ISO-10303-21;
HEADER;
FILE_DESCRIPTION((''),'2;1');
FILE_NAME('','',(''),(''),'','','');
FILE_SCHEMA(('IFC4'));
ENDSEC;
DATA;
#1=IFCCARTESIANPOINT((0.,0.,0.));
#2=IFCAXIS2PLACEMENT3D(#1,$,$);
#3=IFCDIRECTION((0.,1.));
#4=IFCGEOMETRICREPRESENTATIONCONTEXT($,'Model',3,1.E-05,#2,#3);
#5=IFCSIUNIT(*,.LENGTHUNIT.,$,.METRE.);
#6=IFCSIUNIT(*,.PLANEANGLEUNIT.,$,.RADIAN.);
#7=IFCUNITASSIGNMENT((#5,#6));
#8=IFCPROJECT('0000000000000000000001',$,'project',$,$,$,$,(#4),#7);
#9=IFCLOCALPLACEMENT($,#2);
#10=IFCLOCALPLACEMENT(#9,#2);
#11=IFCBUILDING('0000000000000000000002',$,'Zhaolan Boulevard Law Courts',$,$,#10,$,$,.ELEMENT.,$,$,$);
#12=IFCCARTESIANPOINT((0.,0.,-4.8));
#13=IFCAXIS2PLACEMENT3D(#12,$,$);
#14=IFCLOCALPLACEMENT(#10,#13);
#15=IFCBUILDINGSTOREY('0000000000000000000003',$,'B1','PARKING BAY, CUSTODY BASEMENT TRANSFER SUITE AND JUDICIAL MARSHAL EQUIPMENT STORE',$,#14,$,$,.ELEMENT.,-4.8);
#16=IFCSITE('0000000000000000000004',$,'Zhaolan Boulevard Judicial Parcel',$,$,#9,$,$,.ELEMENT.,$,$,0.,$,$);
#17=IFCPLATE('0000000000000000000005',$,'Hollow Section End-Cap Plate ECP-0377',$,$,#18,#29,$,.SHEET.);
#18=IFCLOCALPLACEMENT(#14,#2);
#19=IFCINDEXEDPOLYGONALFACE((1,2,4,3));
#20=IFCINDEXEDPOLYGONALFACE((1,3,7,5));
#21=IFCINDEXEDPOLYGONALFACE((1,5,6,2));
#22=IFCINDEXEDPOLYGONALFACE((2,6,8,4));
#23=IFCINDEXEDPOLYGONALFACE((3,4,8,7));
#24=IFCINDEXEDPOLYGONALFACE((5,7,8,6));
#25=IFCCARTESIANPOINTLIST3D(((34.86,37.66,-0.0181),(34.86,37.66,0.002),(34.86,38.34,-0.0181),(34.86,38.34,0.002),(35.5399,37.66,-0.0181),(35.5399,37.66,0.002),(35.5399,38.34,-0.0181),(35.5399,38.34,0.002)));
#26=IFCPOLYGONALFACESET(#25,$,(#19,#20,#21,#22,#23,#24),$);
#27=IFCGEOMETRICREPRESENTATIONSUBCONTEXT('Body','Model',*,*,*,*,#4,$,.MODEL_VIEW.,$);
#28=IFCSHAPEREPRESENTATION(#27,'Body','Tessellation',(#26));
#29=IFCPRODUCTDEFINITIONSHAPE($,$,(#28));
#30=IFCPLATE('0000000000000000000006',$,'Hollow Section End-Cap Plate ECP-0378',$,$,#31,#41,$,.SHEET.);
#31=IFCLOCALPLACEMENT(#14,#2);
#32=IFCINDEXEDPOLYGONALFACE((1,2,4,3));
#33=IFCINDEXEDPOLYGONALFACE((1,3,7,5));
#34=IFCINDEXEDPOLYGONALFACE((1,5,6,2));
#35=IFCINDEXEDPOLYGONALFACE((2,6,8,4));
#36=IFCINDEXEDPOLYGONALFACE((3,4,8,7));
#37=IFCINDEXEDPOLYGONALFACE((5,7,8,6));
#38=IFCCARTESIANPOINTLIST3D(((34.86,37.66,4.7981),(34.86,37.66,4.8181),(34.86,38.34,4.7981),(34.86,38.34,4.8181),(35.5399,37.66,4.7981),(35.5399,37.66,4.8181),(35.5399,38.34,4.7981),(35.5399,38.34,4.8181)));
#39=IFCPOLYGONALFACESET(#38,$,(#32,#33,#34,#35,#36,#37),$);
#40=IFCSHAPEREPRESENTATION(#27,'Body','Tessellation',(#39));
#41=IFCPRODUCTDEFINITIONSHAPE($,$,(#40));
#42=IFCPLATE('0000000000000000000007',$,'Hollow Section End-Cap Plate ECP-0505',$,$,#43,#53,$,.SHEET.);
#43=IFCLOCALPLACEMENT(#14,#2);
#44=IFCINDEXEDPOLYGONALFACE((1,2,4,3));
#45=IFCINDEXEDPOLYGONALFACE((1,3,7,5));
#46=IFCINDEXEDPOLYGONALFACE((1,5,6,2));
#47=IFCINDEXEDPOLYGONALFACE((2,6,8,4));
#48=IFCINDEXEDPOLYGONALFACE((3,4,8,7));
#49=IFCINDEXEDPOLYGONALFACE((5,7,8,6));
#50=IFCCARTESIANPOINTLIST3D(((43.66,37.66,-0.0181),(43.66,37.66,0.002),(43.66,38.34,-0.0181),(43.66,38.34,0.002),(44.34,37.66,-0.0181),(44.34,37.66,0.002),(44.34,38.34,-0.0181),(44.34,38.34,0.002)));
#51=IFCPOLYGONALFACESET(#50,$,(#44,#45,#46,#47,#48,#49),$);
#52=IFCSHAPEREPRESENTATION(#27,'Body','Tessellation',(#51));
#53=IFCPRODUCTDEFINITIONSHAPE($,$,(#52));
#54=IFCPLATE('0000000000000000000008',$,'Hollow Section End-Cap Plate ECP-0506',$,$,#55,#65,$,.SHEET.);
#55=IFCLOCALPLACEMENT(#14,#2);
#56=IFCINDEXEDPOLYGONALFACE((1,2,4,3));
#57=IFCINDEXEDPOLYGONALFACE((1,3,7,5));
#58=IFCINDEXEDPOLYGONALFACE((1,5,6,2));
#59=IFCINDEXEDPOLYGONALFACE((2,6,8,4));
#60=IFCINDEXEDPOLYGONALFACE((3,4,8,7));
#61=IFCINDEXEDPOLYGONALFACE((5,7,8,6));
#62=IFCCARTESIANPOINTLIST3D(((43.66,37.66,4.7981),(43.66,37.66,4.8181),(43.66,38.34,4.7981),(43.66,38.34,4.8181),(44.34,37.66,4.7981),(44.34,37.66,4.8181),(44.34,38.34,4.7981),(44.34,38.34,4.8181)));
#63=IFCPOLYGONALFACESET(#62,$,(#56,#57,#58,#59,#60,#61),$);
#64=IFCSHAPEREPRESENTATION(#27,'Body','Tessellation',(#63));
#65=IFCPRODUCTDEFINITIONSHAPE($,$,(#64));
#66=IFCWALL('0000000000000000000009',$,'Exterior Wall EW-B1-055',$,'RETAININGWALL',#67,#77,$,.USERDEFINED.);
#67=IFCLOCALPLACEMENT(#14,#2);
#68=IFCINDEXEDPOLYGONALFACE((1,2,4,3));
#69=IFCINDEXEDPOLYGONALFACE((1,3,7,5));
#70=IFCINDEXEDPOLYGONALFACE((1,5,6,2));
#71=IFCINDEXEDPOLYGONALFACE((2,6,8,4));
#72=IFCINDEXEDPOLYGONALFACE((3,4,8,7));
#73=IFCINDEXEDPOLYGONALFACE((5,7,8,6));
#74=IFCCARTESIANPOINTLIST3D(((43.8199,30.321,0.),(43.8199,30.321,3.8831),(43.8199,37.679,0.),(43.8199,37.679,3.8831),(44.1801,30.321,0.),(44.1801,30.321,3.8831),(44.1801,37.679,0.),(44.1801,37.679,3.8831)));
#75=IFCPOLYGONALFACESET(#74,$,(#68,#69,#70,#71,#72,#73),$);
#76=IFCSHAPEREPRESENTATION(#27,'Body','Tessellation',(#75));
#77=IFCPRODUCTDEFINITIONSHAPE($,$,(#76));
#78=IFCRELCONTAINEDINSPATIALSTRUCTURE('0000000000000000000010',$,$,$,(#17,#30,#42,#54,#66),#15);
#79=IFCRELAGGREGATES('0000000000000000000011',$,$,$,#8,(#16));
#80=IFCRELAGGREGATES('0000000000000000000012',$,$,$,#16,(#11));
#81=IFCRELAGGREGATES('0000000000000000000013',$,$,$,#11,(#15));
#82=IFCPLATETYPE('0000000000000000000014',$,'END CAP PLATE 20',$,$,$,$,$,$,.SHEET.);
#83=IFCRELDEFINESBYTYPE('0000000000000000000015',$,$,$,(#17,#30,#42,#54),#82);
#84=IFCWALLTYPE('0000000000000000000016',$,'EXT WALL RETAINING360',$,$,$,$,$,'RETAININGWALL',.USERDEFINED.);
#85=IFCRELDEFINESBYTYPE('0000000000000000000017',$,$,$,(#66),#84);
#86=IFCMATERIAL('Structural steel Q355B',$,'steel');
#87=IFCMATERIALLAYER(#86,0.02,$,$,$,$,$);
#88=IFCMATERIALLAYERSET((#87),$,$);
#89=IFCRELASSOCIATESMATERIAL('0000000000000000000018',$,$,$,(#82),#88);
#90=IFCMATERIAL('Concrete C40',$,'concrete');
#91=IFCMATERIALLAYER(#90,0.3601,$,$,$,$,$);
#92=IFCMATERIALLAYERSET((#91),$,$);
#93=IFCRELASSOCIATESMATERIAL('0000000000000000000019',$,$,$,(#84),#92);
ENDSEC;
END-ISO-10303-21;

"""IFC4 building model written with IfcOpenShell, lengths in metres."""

from ifc_helpers import new_model, si_unit, direction, frame, frame_2d, origin, origin_2d, place, context, subcontext, project, spatial, rectangle, extrude, material, layer, layer_set, type_object, element, save


model = new_model("IFC4")

# Units and contexts
model_context = context("Model", 3, precision=1e-05, world=origin(), true_north=direction((0.0, 1.0)))
body_context = subcontext(model_context, "Body", "Model", "MODEL_VIEW")
ifc_project = project(units=[si_unit("LENGTHUNIT", "METRE"), si_unit("PLANEANGLEUNIT", "RADIAN")], contexts=[model_context])

# Site, building, storey
site_placement = place(None, origin())
site = spatial("IfcSite", under=ifc_project, at=site_placement, Name="Zhaolan Boulevard Judicial Parcel", CompositionType="ELEMENT", RefElevation=0.0)
building_placement = place(site_placement, origin())
building = spatial("IfcBuilding", under=site, at=building_placement, Name="Zhaolan Boulevard Law Courts", CompositionType="ELEMENT")
storey_placement = place(building_placement, frame((0.0, 0.0, -4.8)))
storey = spatial("IfcBuildingStorey", under=building, at=storey_placement, Name="B1", Description="PARKING BAY, CUSTODY BASEMENT TRANSFER SUITE AND JUDICIAL MARSHAL EQUIPMENT STORE", CompositionType="ELEMENT", Elevation=-4.8)

# Plates
ifc_material_1 = material(Name="Structural steel Q355B", Category="steel")
ifc_layer_1 = layer(ifc_material_1, 0.02)
ifc_layer_set_1 = layer_set([ifc_layer_1])
plate_type = type_object("IfcPlateType", Name="END CAP PLATE 20", PredefinedType="SHEET", material=ifc_layer_set_1)
for number, where, z_axis, x_axis, name in (
    (1, (35.2, 38.0, -0.0181), (0.0, 0.0, 1.0), (1.0, 0.0, 0.0), "Hollow Section End-Cap Plate ECP-0377"),
    (2, (35.2, 38.0, 4.7981), (0.0, 0.0, 1.0), (1.0, 0.0, 0.0), "Hollow Section End-Cap Plate ECP-0378"),
    (3, (44.0, 38.0, -0.0181), (0.0, 0.0, 1.0), (1.0, 0.0, 0.0), "Hollow Section End-Cap Plate ECP-0505"),
    (4, (44.0, 38.0, 4.7981), (0.0, 0.0, 1.0), (1.0, 0.0, 0.0), "Hollow Section End-Cap Plate ECP-0506"),
):
    element("IfcPlate", number, at=place(storey_placement, frame(where, z_axis=z_axis, x_axis=x_axis)), inside=storey, type_object=plate_type, Name=name, PredefinedType="SHEET", context=body_context, shape_type="SweptSolid", body=[
        extrude(rectangle(XDim=0.6799, YDim=0.6799, at=origin_2d()), origin(), (0.0, 0.0, 1.0), 0.02),
    ])

# Wall
ifc_material_2 = material(Name="Concrete C40", Category="concrete")
ifc_layer_2 = layer(ifc_material_2, 0.3601)
ifc_layer_set_2 = layer_set([ifc_layer_2])
wall_type = type_object("IfcWallType", Name="EXT WALL RETAINING360", ElementType="RETAININGWALL", PredefinedType="USERDEFINED", material=ifc_layer_set_2)
wall_placement = place(storey_placement, frame((44.0, 30.321, 0.0), z_axis=(0.0, 0.0, 1.0), x_axis=(0.0, 1.0, 0.0)))
element("IfcWall", 5, at=wall_placement, inside=storey, type_object=wall_type, Name="Exterior Wall EW-B1-055", ObjectType="RETAININGWALL", PredefinedType="USERDEFINED", context=body_context, shape_type="SweptSolid", body=[
    extrude(rectangle(XDim=7.3579, YDim=0.3601, at=frame_2d((3.679, 0.0))), origin(), (0.0, 0.0, 1.0), 3.8831),
])

save(model, "model.ifc")
